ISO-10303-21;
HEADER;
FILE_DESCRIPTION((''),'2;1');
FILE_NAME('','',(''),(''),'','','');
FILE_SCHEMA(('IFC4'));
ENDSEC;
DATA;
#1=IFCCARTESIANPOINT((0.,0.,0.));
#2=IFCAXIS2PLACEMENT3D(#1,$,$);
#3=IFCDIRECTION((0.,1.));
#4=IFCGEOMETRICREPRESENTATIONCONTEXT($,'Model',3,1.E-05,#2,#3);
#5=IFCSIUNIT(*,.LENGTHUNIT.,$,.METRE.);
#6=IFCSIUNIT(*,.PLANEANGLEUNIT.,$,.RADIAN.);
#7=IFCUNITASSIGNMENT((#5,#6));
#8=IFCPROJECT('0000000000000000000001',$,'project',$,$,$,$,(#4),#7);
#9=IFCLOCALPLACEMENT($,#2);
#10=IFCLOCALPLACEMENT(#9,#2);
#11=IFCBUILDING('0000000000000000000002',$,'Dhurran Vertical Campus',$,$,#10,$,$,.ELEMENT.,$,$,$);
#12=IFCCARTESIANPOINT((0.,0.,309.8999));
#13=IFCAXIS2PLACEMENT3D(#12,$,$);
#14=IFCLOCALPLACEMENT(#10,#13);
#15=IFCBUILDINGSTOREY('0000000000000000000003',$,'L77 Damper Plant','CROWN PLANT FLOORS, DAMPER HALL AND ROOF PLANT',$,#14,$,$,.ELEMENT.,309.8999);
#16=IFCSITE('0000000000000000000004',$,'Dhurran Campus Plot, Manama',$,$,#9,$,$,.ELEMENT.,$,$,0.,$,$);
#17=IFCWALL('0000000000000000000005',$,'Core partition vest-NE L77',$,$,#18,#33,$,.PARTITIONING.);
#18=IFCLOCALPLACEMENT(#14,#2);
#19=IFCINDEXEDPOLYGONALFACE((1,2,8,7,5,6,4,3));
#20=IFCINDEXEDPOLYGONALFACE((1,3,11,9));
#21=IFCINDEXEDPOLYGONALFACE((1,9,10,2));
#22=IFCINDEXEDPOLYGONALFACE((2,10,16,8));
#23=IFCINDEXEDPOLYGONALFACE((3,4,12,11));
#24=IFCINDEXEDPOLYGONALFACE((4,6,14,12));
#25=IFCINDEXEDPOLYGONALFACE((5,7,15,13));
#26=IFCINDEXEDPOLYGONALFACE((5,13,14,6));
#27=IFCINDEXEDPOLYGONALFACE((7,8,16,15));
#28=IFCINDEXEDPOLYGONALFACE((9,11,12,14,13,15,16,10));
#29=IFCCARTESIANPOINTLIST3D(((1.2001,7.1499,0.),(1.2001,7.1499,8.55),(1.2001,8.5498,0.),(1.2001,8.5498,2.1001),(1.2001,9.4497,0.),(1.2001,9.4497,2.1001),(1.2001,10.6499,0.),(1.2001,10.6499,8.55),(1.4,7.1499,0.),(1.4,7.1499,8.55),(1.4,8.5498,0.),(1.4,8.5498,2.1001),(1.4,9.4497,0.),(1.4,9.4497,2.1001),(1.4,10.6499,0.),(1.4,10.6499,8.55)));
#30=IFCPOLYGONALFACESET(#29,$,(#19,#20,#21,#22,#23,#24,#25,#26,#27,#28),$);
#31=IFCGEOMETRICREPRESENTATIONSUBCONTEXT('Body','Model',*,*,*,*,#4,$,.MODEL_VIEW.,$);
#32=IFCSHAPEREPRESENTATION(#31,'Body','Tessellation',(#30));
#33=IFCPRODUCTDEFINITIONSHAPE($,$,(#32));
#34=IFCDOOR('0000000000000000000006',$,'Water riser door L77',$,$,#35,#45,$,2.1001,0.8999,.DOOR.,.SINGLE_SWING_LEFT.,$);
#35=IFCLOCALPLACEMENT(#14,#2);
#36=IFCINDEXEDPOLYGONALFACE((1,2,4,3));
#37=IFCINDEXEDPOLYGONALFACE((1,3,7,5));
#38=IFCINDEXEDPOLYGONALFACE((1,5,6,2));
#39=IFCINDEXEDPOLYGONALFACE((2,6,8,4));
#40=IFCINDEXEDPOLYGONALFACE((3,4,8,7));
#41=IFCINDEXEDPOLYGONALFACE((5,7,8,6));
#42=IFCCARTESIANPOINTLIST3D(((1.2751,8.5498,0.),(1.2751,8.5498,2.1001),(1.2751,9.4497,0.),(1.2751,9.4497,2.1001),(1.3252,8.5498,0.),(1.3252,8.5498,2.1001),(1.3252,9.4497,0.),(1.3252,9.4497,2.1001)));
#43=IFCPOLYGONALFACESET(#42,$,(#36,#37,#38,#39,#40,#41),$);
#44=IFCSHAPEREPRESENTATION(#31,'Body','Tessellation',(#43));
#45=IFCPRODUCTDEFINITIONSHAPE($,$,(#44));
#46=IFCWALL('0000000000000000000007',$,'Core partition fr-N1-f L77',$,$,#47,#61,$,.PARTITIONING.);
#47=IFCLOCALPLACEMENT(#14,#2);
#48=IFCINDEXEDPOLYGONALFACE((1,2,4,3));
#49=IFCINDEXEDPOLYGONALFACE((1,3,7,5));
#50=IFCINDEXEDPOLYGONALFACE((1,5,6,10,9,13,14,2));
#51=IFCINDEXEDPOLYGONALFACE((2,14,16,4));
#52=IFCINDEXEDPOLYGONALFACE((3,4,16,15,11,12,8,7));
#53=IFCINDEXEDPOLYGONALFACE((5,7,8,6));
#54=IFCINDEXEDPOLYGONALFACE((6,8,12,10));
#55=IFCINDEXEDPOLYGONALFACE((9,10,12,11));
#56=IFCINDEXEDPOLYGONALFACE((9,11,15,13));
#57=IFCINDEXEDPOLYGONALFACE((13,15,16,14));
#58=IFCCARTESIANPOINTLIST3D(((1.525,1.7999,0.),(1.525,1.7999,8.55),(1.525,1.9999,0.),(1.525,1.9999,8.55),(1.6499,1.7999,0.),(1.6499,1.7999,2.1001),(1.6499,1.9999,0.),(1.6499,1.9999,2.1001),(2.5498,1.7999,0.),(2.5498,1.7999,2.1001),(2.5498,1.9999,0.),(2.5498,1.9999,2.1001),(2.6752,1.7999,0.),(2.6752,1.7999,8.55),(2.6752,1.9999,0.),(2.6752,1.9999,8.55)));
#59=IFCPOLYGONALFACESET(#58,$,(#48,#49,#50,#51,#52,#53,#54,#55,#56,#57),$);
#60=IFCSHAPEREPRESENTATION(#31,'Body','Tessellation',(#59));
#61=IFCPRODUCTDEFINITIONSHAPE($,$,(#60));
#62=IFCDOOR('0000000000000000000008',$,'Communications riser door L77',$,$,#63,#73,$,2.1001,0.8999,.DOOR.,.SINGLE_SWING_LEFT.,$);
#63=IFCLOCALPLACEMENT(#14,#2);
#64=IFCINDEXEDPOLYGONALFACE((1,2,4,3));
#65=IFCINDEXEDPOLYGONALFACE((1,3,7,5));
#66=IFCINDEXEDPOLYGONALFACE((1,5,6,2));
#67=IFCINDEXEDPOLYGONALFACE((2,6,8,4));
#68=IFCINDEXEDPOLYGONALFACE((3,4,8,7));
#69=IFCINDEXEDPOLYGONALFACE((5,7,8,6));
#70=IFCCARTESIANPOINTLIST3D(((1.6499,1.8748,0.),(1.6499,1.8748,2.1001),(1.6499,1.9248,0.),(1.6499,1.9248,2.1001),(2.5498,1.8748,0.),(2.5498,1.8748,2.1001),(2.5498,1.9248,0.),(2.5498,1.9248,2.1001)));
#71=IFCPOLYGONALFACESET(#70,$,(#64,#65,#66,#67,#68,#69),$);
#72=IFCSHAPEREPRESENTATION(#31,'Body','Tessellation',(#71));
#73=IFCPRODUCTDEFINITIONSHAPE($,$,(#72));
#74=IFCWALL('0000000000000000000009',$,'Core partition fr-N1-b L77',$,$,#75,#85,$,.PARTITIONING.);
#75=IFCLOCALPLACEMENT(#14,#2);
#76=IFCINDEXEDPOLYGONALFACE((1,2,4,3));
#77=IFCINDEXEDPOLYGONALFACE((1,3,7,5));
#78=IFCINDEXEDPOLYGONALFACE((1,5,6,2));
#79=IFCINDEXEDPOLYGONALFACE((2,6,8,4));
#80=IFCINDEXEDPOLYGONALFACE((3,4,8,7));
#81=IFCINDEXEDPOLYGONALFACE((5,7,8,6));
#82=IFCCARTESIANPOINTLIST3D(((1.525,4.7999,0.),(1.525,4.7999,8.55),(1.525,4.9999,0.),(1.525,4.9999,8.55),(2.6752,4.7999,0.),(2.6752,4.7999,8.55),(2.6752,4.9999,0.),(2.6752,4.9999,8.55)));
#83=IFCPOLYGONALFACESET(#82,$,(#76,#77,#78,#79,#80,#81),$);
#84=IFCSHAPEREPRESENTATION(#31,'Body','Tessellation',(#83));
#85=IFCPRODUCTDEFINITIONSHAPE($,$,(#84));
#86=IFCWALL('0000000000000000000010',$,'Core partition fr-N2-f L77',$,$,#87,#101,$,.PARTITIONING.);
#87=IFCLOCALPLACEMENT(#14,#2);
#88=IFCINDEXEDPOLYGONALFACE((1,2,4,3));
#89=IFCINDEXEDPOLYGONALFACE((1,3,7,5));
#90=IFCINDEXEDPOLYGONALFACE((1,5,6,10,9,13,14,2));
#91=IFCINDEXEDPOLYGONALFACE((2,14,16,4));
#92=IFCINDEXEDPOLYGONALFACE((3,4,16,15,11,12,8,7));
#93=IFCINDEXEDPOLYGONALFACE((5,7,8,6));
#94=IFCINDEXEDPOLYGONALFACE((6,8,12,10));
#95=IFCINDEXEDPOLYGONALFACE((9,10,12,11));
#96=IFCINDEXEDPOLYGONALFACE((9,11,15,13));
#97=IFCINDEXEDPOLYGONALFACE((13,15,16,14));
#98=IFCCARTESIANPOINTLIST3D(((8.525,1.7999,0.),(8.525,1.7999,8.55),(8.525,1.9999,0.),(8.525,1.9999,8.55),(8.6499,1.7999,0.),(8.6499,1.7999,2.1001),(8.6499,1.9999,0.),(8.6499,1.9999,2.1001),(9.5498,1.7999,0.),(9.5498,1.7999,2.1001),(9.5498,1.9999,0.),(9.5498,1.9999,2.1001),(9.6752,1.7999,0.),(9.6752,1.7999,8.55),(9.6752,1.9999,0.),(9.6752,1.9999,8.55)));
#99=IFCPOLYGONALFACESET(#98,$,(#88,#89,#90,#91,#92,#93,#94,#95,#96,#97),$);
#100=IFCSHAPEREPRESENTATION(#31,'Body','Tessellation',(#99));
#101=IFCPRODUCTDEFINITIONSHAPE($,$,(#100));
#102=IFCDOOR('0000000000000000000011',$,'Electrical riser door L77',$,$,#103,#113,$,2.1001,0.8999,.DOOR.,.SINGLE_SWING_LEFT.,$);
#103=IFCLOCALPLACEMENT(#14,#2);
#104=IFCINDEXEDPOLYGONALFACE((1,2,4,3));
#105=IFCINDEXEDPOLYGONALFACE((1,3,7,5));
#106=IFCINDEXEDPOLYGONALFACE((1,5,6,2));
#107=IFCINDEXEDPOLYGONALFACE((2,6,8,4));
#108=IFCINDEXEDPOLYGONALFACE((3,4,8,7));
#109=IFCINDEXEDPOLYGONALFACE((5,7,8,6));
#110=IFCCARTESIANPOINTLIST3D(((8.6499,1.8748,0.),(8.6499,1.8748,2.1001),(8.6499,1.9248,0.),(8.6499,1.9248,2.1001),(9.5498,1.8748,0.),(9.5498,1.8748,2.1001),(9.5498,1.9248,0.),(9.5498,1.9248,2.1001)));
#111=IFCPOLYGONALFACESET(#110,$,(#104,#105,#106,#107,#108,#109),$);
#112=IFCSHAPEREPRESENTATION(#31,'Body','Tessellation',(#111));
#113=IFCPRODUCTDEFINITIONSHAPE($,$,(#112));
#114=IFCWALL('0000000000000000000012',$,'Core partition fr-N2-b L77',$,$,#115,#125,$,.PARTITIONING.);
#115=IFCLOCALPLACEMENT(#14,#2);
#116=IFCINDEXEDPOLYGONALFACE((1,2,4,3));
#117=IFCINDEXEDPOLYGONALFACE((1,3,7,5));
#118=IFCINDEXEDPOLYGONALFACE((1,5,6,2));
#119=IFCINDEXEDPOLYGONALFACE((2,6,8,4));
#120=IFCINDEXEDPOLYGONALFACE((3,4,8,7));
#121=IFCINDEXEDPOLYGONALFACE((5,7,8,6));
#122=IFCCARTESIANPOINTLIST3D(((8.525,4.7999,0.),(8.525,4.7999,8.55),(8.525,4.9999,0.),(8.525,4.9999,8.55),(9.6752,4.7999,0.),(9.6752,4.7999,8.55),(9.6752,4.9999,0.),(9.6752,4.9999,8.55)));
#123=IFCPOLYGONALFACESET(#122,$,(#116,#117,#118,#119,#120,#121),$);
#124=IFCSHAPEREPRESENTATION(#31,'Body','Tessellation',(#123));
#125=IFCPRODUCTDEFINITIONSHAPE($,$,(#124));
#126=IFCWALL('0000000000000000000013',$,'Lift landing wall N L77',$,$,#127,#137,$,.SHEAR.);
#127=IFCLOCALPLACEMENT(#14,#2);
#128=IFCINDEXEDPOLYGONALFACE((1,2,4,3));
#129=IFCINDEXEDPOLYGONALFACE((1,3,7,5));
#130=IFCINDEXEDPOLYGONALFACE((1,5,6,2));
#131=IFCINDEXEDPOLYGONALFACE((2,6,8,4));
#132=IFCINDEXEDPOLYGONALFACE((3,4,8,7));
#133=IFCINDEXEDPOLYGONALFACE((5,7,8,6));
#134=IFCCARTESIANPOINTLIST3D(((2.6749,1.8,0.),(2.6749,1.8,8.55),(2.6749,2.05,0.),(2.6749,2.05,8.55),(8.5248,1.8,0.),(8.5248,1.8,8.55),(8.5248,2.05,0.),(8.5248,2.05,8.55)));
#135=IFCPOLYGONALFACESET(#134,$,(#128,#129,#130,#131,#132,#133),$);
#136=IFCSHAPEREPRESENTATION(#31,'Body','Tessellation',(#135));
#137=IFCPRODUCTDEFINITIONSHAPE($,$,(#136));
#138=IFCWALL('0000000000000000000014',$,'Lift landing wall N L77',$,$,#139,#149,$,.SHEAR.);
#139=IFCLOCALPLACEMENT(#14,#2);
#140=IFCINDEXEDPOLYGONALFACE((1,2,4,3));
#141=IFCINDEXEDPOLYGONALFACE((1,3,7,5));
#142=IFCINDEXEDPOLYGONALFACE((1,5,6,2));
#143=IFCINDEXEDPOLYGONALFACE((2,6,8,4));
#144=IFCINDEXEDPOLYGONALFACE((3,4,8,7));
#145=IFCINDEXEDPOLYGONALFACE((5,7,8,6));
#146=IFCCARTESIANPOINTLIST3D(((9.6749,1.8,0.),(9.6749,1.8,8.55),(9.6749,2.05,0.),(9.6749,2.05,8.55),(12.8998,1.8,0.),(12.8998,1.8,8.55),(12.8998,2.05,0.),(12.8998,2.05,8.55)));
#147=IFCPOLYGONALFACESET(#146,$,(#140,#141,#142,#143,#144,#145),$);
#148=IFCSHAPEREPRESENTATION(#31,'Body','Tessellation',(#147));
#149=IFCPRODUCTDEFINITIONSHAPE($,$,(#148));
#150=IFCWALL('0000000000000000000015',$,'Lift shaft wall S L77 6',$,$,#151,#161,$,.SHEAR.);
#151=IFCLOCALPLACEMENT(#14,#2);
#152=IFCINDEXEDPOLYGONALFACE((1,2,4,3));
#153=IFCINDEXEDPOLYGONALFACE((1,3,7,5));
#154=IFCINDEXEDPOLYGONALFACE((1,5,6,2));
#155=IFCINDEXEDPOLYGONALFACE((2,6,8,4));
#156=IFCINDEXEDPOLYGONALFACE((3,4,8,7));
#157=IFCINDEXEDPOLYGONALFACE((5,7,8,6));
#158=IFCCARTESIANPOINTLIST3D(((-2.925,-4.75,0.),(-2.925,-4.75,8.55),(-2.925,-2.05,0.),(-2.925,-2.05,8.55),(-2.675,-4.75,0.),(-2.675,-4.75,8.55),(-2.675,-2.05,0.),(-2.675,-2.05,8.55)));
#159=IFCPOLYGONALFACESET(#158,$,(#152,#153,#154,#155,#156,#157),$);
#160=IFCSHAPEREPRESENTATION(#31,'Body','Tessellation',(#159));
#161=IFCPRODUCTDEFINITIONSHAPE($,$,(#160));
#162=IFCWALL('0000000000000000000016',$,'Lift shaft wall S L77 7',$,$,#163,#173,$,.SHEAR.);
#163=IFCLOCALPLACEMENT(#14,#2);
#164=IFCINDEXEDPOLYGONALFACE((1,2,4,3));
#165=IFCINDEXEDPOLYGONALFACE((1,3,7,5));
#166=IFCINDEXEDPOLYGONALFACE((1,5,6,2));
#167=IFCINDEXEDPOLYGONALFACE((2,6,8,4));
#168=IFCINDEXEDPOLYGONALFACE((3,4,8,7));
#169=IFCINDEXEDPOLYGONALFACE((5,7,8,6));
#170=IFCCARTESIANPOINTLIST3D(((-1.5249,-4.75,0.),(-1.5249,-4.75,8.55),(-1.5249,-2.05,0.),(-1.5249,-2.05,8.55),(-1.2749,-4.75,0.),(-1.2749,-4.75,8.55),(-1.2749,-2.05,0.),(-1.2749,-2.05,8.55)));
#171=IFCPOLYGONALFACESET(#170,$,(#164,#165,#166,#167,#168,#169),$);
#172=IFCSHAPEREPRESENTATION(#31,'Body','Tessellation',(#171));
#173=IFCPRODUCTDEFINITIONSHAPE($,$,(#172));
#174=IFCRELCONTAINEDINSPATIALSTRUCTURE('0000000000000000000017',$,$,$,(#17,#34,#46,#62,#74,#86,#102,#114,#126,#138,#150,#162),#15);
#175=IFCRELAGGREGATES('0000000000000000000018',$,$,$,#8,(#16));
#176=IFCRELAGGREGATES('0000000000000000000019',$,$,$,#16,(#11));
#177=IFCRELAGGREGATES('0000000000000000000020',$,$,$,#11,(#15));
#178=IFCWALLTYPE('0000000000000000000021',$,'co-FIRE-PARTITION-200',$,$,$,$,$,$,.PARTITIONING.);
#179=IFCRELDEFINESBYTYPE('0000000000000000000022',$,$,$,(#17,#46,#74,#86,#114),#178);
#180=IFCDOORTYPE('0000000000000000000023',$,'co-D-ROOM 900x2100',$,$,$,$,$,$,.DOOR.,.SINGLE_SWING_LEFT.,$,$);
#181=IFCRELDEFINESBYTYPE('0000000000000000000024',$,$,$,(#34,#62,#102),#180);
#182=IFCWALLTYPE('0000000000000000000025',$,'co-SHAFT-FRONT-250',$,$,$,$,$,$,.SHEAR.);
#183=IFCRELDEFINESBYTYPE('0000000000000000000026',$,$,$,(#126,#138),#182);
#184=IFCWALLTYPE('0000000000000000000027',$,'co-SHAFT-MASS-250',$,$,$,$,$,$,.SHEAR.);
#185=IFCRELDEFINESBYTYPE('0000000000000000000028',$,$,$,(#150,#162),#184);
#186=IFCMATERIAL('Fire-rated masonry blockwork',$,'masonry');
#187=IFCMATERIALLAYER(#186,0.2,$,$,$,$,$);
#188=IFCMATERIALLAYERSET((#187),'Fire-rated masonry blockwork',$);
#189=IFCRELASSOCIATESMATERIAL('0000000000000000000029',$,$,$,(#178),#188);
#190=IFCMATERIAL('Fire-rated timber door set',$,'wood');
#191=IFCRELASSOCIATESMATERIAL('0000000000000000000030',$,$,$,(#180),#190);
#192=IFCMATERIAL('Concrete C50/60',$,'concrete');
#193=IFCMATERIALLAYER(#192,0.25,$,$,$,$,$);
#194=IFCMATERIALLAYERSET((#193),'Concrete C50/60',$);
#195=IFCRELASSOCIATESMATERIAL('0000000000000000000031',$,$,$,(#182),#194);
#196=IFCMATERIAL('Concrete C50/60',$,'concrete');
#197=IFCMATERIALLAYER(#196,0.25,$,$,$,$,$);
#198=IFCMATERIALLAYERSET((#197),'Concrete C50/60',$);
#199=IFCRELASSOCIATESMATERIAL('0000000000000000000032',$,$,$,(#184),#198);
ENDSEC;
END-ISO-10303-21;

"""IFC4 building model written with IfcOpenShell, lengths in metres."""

from ifc_helpers import new_model, si_unit, direction, frame, frame_2d, origin, place, context, subcontext, project, spatial, polyline, rectangle, outline, extrude, material, layer, layer_set, type_object, element, fill, save


model = new_model("IFC4")

# Units and contexts
model_context = context("Model", 3, precision=1e-05, world=origin(), true_north=direction((0.0, 1.0)))
body_context = subcontext(model_context, "Body", "Model", "MODEL_VIEW")
ifc_project = project(units=[si_unit("LENGTHUNIT", "METRE"), si_unit("PLANEANGLEUNIT", "RADIAN")], contexts=[model_context])

# Site, building, storey
site_placement = place(None, origin())
site = spatial("IfcSite", under=ifc_project, at=site_placement, Name="Dhurran Campus Plot, Manama", CompositionType="ELEMENT", RefElevation=0.0)
building_placement = place(site_placement, origin())
building = spatial("IfcBuilding", under=site, at=building_placement, Name="Dhurran Vertical Campus", CompositionType="ELEMENT")
storey_placement = place(building_placement, frame((0.0, 0.0, 309.8999)))
storey = spatial("IfcBuildingStorey", under=building, at=storey_placement, Name="L77 Damper Plant", Description="CROWN PLANT FLOORS, DAMPER HALL AND ROOF PLANT", CompositionType="ELEMENT", Elevation=309.8999)

# Shared definitions
ifc_material_1 = material(Name="Fire-rated masonry blockwork", Category="masonry")
ifc_layer_1 = layer(ifc_material_1, 0.2)
ifc_layer_set_1 = layer_set([ifc_layer_1], Name="Fire-rated masonry blockwork")
wall_type_1 = type_object("IfcWallType", Name="co-FIRE-PARTITION-200", PredefinedType="PARTITIONING", material=ifc_layer_set_1)

# Walls, openings, doors
wall_1_placement = place(storey_placement, frame((1.3, 7.1499, 0.0), z_axis=(0.0, 0.0, 1.0), x_axis=(0.0, 1.0, 0.0)))
wall_1 = element("IfcWall", 1, at=wall_1_placement, inside=storey, type_object=wall_type_1, Name="Core partition vest-NE L77", PredefinedType="PARTITIONING", context=body_context, shape_type="SweptSolid", body=[
    extrude(rectangle(XDim=3.5, YDim=0.2, at=frame_2d((1.75, 0.0))), origin(), (0.0, 0.0, 1.0), 8.55),
])
opening_1_placement = place(wall_1_placement, frame((1.3999, 0.0, 0.0)))
opening_1 = element("IfcOpeningElement", 2, at=opening_1_placement, cuts=wall_1, PredefinedType="OPENING", context=body_context, shape_type="SweptSolid", body=[
    extrude(rectangle(XDim=0.8999, YDim=2.1001, at=frame_2d((0.45, 1.05))), frame((0.0, 0.1099, 0.0), z_axis=(0.0, -1.0, 0.0), x_axis=(1.0, 0.0, 0.0)), (0.0, 0.0, 1.0), 0.22),
])
ifc_material_2 = material(Name="Fire-rated timber door set", Category="wood")
door_type_1 = type_object("IfcDoorType", Name="co-D-ROOM 900x2100", OperationType="SINGLE_SWING_LEFT", PredefinedType="DOOR", material=ifc_material_2)
door_1_placement = place(opening_1_placement, origin())
door_1 = element("IfcDoor", 3, at=door_1_placement, inside=storey, type_object=door_type_1, Name="Water riser door L77", OperationType="SINGLE_SWING_LEFT", OverallHeight=2.1001, OverallWidth=0.8999, PredefinedType="DOOR", context=body_context, shape_type="SweptSolid", body=[
    extrude(rectangle(XDim=0.8999, YDim=2.1001, at=frame_2d((0.45, 1.05))), frame((0.0, 0.0249, 0.0), z_axis=(0.0, -1.0, 0.0), x_axis=(1.0, 0.0, 0.0)), (0.0, 0.0, 1.0), 0.05),
])
fill(opening_1, door_1)
wall_2_placement = place(storey_placement, frame((1.5249, 1.8999, 0.0), z_axis=(0.0, 0.0, 1.0), x_axis=(1.0, 0.0, 0.0)))
wall_2 = element("IfcWall", 4, at=wall_2_placement, inside=storey, type_object=wall_type_1, Name="Core partition fr-N1-f L77", PredefinedType="PARTITIONING", context=body_context, shape_type="SweptSolid", body=[
    extrude(rectangle(XDim=1.1501, YDim=0.2, at=frame_2d((0.5752, 0.0))), origin(), (0.0, 0.0, 1.0), 8.55),
])
opening_2_placement = place(wall_2_placement, frame((0.125, 0.0, 0.0)))
opening_2 = element("IfcOpeningElement", 5, at=opening_2_placement, cuts=wall_2, PredefinedType="OPENING", context=body_context, shape_type="SweptSolid", body=[
    extrude(rectangle(XDim=0.8999, YDim=2.1001, at=frame_2d((0.45, 1.05))), frame((0.0, 0.1099, 0.0), z_axis=(0.0, -1.0, 0.0), x_axis=(1.0, 0.0, 0.0)), (0.0, 0.0, 1.0), 0.22),
])
door_2_placement = place(opening_2_placement, origin())
door_2 = element("IfcDoor", 6, at=door_2_placement, inside=storey, type_object=door_type_1, Name="Communications riser door L77", OperationType="SINGLE_SWING_LEFT", OverallHeight=2.1001, OverallWidth=0.8999, PredefinedType="DOOR", context=body_context, shape_type="SweptSolid", body=[
    extrude(rectangle(XDim=0.8999, YDim=2.1001, at=frame_2d((0.45, 1.05))), frame((0.0, 0.0249, 0.0), z_axis=(0.0, -1.0, 0.0), x_axis=(1.0, 0.0, 0.0)), (0.0, 0.0, 1.0), 0.05),
])
fill(opening_2, door_2)

# Wall
wall_3_placement = place(storey_placement, frame((1.5249, 4.8999, 0.0), z_axis=(0.0, 0.0, 1.0), x_axis=(1.0, 0.0, 0.0)))
element("IfcWall", 7, at=wall_3_placement, inside=storey, type_object=wall_type_1, Name="Core partition fr-N1-b L77", PredefinedType="PARTITIONING", context=body_context, shape_type="SweptSolid", body=[
    extrude(rectangle(XDim=1.1501, YDim=0.2, at=frame_2d((0.5752, 0.0))), origin(), (0.0, 0.0, 1.0), 8.55),
])

# Wall, opening, door
wall_4_placement = place(storey_placement, frame((8.5249, 1.8999, 0.0), z_axis=(0.0, 0.0, 1.0), x_axis=(1.0, 0.0, 0.0)))
wall_4 = element("IfcWall", 8, at=wall_4_placement, inside=storey, type_object=wall_type_1, Name="Core partition fr-N2-f L77", PredefinedType="PARTITIONING", context=body_context, shape_type="SweptSolid", body=[
    extrude(rectangle(XDim=1.1501, YDim=0.2, at=frame_2d((0.5752, 0.0))), origin(), (0.0, 0.0, 1.0), 8.55),
])
opening_3_placement = place(wall_4_placement, frame((0.125, 0.0, 0.0)))
opening_3 = element("IfcOpeningElement", 9, at=opening_3_placement, cuts=wall_4, PredefinedType="OPENING", context=body_context, shape_type="SweptSolid", body=[
    extrude(rectangle(XDim=0.8999, YDim=2.1001, at=frame_2d((0.45, 1.05))), frame((0.0, 0.1099, 0.0), z_axis=(0.0, -1.0, 0.0), x_axis=(1.0, 0.0, 0.0)), (0.0, 0.0, 1.0), 0.22),
])
door_3_placement = place(opening_3_placement, origin())
door_3 = element("IfcDoor", 10, at=door_3_placement, inside=storey, type_object=door_type_1, Name="Electrical riser door L77", OperationType="SINGLE_SWING_LEFT", OverallHeight=2.1001, OverallWidth=0.8999, PredefinedType="DOOR", context=body_context, shape_type="SweptSolid", body=[
    extrude(rectangle(XDim=0.8999, YDim=2.1001, at=frame_2d((0.45, 1.05))), frame((0.0, 0.0249, 0.0), z_axis=(0.0, -1.0, 0.0), x_axis=(1.0, 0.0, 0.0)), (0.0, 0.0, 1.0), 0.05),
])
fill(opening_3, door_3)

# Walls
wall_5_placement = place(storey_placement, frame((8.5249, 4.8999, 0.0), z_axis=(0.0, 0.0, 1.0), x_axis=(1.0, 0.0, 0.0)))
element("IfcWall", 11, at=wall_5_placement, inside=storey, type_object=wall_type_1, Name="Core partition fr-N2-b L77", PredefinedType="PARTITIONING", context=body_context, shape_type="SweptSolid", body=[
    extrude(rectangle(XDim=1.1501, YDim=0.2, at=frame_2d((0.5752, 0.0))), origin(), (0.0, 0.0, 1.0), 8.55),
])
ifc_material_3 = material(Name="Concrete C50/60", Category="concrete")
ifc_layer_2 = layer(ifc_material_3, 0.25)
ifc_layer_set_2 = layer_set([ifc_layer_2], Name="Concrete C50/60")
wall_type_2 = type_object("IfcWallType", Name="co-SHAFT-FRONT-250", PredefinedType="SHEAR", material=ifc_layer_set_2)
wall_6_placement = place(storey_placement, frame((2.675, 1.925, 0.0), z_axis=(0.0, 0.0, 1.0), x_axis=(1.0, 0.0, 0.0)))
element("IfcWall", 12, at=wall_6_placement, inside=storey, type_object=wall_type_2, Name="Lift landing wall N L77", PredefinedType="SHEAR", context=body_context, shape_type="SweptSolid", body=[
    extrude(rectangle(XDim=5.8499, YDim=0.25, at=frame_2d((2.9248, 0.0))), origin(), (0.0, 0.0, 1.0), 8.55),
])
wall_7_placement = place(storey_placement, frame((9.675, 1.925, 0.0), z_axis=(0.0, 0.0, 1.0), x_axis=(1.0, 0.0, 0.0)))
element("IfcWall", 13, at=wall_7_placement, inside=storey, type_object=wall_type_2, Name="Lift landing wall N L77", PredefinedType="SHEAR", context=body_context, shape_type="SweptSolid", body=[
    extrude(rectangle(XDim=3.2249, YDim=0.25, at=frame_2d((1.6123, 0.0))), origin(), (0.0, 0.0, 1.0), 8.55),
])
ifc_material_4 = material(Name="Concrete C50/60", Category="concrete")
ifc_layer_3 = layer(ifc_material_4, 0.25)
ifc_layer_set_3 = layer_set([ifc_layer_3], Name="Concrete C50/60")
wall_type_3 = type_object("IfcWallType", Name="co-SHAFT-MASS-250", PredefinedType="SHEAR", material=ifc_layer_set_3)
wall_8_placement = place(storey_placement, origin())
element("IfcWall", 14, at=wall_8_placement, inside=storey, type_object=wall_type_3, Name="Lift shaft wall S L77 6", PredefinedType="SHEAR", context=body_context, shape_type="SweptSolid", body=[
    extrude(outline(polyline([(-2.925, -4.75), (-2.675, -4.75), (-2.675, -2.05), (-2.925, -2.05), (-2.925, -4.75)])), origin(), (0.0, 0.0, 1.0), 8.55),
])
wall_9_placement = place(storey_placement, origin())
element("IfcWall", 15, at=wall_9_placement, inside=storey, type_object=wall_type_3, Name="Lift shaft wall S L77 7", PredefinedType="SHEAR", context=body_context, shape_type="SweptSolid", body=[
    extrude(outline(polyline([(-1.5249, -4.75), (-1.2749, -4.75), (-1.2749, -2.05), (-1.5249, -2.05), (-1.5249, -4.75)])), origin(), (0.0, 0.0, 1.0), 8.55),
])

save(model, "model.ifc")
